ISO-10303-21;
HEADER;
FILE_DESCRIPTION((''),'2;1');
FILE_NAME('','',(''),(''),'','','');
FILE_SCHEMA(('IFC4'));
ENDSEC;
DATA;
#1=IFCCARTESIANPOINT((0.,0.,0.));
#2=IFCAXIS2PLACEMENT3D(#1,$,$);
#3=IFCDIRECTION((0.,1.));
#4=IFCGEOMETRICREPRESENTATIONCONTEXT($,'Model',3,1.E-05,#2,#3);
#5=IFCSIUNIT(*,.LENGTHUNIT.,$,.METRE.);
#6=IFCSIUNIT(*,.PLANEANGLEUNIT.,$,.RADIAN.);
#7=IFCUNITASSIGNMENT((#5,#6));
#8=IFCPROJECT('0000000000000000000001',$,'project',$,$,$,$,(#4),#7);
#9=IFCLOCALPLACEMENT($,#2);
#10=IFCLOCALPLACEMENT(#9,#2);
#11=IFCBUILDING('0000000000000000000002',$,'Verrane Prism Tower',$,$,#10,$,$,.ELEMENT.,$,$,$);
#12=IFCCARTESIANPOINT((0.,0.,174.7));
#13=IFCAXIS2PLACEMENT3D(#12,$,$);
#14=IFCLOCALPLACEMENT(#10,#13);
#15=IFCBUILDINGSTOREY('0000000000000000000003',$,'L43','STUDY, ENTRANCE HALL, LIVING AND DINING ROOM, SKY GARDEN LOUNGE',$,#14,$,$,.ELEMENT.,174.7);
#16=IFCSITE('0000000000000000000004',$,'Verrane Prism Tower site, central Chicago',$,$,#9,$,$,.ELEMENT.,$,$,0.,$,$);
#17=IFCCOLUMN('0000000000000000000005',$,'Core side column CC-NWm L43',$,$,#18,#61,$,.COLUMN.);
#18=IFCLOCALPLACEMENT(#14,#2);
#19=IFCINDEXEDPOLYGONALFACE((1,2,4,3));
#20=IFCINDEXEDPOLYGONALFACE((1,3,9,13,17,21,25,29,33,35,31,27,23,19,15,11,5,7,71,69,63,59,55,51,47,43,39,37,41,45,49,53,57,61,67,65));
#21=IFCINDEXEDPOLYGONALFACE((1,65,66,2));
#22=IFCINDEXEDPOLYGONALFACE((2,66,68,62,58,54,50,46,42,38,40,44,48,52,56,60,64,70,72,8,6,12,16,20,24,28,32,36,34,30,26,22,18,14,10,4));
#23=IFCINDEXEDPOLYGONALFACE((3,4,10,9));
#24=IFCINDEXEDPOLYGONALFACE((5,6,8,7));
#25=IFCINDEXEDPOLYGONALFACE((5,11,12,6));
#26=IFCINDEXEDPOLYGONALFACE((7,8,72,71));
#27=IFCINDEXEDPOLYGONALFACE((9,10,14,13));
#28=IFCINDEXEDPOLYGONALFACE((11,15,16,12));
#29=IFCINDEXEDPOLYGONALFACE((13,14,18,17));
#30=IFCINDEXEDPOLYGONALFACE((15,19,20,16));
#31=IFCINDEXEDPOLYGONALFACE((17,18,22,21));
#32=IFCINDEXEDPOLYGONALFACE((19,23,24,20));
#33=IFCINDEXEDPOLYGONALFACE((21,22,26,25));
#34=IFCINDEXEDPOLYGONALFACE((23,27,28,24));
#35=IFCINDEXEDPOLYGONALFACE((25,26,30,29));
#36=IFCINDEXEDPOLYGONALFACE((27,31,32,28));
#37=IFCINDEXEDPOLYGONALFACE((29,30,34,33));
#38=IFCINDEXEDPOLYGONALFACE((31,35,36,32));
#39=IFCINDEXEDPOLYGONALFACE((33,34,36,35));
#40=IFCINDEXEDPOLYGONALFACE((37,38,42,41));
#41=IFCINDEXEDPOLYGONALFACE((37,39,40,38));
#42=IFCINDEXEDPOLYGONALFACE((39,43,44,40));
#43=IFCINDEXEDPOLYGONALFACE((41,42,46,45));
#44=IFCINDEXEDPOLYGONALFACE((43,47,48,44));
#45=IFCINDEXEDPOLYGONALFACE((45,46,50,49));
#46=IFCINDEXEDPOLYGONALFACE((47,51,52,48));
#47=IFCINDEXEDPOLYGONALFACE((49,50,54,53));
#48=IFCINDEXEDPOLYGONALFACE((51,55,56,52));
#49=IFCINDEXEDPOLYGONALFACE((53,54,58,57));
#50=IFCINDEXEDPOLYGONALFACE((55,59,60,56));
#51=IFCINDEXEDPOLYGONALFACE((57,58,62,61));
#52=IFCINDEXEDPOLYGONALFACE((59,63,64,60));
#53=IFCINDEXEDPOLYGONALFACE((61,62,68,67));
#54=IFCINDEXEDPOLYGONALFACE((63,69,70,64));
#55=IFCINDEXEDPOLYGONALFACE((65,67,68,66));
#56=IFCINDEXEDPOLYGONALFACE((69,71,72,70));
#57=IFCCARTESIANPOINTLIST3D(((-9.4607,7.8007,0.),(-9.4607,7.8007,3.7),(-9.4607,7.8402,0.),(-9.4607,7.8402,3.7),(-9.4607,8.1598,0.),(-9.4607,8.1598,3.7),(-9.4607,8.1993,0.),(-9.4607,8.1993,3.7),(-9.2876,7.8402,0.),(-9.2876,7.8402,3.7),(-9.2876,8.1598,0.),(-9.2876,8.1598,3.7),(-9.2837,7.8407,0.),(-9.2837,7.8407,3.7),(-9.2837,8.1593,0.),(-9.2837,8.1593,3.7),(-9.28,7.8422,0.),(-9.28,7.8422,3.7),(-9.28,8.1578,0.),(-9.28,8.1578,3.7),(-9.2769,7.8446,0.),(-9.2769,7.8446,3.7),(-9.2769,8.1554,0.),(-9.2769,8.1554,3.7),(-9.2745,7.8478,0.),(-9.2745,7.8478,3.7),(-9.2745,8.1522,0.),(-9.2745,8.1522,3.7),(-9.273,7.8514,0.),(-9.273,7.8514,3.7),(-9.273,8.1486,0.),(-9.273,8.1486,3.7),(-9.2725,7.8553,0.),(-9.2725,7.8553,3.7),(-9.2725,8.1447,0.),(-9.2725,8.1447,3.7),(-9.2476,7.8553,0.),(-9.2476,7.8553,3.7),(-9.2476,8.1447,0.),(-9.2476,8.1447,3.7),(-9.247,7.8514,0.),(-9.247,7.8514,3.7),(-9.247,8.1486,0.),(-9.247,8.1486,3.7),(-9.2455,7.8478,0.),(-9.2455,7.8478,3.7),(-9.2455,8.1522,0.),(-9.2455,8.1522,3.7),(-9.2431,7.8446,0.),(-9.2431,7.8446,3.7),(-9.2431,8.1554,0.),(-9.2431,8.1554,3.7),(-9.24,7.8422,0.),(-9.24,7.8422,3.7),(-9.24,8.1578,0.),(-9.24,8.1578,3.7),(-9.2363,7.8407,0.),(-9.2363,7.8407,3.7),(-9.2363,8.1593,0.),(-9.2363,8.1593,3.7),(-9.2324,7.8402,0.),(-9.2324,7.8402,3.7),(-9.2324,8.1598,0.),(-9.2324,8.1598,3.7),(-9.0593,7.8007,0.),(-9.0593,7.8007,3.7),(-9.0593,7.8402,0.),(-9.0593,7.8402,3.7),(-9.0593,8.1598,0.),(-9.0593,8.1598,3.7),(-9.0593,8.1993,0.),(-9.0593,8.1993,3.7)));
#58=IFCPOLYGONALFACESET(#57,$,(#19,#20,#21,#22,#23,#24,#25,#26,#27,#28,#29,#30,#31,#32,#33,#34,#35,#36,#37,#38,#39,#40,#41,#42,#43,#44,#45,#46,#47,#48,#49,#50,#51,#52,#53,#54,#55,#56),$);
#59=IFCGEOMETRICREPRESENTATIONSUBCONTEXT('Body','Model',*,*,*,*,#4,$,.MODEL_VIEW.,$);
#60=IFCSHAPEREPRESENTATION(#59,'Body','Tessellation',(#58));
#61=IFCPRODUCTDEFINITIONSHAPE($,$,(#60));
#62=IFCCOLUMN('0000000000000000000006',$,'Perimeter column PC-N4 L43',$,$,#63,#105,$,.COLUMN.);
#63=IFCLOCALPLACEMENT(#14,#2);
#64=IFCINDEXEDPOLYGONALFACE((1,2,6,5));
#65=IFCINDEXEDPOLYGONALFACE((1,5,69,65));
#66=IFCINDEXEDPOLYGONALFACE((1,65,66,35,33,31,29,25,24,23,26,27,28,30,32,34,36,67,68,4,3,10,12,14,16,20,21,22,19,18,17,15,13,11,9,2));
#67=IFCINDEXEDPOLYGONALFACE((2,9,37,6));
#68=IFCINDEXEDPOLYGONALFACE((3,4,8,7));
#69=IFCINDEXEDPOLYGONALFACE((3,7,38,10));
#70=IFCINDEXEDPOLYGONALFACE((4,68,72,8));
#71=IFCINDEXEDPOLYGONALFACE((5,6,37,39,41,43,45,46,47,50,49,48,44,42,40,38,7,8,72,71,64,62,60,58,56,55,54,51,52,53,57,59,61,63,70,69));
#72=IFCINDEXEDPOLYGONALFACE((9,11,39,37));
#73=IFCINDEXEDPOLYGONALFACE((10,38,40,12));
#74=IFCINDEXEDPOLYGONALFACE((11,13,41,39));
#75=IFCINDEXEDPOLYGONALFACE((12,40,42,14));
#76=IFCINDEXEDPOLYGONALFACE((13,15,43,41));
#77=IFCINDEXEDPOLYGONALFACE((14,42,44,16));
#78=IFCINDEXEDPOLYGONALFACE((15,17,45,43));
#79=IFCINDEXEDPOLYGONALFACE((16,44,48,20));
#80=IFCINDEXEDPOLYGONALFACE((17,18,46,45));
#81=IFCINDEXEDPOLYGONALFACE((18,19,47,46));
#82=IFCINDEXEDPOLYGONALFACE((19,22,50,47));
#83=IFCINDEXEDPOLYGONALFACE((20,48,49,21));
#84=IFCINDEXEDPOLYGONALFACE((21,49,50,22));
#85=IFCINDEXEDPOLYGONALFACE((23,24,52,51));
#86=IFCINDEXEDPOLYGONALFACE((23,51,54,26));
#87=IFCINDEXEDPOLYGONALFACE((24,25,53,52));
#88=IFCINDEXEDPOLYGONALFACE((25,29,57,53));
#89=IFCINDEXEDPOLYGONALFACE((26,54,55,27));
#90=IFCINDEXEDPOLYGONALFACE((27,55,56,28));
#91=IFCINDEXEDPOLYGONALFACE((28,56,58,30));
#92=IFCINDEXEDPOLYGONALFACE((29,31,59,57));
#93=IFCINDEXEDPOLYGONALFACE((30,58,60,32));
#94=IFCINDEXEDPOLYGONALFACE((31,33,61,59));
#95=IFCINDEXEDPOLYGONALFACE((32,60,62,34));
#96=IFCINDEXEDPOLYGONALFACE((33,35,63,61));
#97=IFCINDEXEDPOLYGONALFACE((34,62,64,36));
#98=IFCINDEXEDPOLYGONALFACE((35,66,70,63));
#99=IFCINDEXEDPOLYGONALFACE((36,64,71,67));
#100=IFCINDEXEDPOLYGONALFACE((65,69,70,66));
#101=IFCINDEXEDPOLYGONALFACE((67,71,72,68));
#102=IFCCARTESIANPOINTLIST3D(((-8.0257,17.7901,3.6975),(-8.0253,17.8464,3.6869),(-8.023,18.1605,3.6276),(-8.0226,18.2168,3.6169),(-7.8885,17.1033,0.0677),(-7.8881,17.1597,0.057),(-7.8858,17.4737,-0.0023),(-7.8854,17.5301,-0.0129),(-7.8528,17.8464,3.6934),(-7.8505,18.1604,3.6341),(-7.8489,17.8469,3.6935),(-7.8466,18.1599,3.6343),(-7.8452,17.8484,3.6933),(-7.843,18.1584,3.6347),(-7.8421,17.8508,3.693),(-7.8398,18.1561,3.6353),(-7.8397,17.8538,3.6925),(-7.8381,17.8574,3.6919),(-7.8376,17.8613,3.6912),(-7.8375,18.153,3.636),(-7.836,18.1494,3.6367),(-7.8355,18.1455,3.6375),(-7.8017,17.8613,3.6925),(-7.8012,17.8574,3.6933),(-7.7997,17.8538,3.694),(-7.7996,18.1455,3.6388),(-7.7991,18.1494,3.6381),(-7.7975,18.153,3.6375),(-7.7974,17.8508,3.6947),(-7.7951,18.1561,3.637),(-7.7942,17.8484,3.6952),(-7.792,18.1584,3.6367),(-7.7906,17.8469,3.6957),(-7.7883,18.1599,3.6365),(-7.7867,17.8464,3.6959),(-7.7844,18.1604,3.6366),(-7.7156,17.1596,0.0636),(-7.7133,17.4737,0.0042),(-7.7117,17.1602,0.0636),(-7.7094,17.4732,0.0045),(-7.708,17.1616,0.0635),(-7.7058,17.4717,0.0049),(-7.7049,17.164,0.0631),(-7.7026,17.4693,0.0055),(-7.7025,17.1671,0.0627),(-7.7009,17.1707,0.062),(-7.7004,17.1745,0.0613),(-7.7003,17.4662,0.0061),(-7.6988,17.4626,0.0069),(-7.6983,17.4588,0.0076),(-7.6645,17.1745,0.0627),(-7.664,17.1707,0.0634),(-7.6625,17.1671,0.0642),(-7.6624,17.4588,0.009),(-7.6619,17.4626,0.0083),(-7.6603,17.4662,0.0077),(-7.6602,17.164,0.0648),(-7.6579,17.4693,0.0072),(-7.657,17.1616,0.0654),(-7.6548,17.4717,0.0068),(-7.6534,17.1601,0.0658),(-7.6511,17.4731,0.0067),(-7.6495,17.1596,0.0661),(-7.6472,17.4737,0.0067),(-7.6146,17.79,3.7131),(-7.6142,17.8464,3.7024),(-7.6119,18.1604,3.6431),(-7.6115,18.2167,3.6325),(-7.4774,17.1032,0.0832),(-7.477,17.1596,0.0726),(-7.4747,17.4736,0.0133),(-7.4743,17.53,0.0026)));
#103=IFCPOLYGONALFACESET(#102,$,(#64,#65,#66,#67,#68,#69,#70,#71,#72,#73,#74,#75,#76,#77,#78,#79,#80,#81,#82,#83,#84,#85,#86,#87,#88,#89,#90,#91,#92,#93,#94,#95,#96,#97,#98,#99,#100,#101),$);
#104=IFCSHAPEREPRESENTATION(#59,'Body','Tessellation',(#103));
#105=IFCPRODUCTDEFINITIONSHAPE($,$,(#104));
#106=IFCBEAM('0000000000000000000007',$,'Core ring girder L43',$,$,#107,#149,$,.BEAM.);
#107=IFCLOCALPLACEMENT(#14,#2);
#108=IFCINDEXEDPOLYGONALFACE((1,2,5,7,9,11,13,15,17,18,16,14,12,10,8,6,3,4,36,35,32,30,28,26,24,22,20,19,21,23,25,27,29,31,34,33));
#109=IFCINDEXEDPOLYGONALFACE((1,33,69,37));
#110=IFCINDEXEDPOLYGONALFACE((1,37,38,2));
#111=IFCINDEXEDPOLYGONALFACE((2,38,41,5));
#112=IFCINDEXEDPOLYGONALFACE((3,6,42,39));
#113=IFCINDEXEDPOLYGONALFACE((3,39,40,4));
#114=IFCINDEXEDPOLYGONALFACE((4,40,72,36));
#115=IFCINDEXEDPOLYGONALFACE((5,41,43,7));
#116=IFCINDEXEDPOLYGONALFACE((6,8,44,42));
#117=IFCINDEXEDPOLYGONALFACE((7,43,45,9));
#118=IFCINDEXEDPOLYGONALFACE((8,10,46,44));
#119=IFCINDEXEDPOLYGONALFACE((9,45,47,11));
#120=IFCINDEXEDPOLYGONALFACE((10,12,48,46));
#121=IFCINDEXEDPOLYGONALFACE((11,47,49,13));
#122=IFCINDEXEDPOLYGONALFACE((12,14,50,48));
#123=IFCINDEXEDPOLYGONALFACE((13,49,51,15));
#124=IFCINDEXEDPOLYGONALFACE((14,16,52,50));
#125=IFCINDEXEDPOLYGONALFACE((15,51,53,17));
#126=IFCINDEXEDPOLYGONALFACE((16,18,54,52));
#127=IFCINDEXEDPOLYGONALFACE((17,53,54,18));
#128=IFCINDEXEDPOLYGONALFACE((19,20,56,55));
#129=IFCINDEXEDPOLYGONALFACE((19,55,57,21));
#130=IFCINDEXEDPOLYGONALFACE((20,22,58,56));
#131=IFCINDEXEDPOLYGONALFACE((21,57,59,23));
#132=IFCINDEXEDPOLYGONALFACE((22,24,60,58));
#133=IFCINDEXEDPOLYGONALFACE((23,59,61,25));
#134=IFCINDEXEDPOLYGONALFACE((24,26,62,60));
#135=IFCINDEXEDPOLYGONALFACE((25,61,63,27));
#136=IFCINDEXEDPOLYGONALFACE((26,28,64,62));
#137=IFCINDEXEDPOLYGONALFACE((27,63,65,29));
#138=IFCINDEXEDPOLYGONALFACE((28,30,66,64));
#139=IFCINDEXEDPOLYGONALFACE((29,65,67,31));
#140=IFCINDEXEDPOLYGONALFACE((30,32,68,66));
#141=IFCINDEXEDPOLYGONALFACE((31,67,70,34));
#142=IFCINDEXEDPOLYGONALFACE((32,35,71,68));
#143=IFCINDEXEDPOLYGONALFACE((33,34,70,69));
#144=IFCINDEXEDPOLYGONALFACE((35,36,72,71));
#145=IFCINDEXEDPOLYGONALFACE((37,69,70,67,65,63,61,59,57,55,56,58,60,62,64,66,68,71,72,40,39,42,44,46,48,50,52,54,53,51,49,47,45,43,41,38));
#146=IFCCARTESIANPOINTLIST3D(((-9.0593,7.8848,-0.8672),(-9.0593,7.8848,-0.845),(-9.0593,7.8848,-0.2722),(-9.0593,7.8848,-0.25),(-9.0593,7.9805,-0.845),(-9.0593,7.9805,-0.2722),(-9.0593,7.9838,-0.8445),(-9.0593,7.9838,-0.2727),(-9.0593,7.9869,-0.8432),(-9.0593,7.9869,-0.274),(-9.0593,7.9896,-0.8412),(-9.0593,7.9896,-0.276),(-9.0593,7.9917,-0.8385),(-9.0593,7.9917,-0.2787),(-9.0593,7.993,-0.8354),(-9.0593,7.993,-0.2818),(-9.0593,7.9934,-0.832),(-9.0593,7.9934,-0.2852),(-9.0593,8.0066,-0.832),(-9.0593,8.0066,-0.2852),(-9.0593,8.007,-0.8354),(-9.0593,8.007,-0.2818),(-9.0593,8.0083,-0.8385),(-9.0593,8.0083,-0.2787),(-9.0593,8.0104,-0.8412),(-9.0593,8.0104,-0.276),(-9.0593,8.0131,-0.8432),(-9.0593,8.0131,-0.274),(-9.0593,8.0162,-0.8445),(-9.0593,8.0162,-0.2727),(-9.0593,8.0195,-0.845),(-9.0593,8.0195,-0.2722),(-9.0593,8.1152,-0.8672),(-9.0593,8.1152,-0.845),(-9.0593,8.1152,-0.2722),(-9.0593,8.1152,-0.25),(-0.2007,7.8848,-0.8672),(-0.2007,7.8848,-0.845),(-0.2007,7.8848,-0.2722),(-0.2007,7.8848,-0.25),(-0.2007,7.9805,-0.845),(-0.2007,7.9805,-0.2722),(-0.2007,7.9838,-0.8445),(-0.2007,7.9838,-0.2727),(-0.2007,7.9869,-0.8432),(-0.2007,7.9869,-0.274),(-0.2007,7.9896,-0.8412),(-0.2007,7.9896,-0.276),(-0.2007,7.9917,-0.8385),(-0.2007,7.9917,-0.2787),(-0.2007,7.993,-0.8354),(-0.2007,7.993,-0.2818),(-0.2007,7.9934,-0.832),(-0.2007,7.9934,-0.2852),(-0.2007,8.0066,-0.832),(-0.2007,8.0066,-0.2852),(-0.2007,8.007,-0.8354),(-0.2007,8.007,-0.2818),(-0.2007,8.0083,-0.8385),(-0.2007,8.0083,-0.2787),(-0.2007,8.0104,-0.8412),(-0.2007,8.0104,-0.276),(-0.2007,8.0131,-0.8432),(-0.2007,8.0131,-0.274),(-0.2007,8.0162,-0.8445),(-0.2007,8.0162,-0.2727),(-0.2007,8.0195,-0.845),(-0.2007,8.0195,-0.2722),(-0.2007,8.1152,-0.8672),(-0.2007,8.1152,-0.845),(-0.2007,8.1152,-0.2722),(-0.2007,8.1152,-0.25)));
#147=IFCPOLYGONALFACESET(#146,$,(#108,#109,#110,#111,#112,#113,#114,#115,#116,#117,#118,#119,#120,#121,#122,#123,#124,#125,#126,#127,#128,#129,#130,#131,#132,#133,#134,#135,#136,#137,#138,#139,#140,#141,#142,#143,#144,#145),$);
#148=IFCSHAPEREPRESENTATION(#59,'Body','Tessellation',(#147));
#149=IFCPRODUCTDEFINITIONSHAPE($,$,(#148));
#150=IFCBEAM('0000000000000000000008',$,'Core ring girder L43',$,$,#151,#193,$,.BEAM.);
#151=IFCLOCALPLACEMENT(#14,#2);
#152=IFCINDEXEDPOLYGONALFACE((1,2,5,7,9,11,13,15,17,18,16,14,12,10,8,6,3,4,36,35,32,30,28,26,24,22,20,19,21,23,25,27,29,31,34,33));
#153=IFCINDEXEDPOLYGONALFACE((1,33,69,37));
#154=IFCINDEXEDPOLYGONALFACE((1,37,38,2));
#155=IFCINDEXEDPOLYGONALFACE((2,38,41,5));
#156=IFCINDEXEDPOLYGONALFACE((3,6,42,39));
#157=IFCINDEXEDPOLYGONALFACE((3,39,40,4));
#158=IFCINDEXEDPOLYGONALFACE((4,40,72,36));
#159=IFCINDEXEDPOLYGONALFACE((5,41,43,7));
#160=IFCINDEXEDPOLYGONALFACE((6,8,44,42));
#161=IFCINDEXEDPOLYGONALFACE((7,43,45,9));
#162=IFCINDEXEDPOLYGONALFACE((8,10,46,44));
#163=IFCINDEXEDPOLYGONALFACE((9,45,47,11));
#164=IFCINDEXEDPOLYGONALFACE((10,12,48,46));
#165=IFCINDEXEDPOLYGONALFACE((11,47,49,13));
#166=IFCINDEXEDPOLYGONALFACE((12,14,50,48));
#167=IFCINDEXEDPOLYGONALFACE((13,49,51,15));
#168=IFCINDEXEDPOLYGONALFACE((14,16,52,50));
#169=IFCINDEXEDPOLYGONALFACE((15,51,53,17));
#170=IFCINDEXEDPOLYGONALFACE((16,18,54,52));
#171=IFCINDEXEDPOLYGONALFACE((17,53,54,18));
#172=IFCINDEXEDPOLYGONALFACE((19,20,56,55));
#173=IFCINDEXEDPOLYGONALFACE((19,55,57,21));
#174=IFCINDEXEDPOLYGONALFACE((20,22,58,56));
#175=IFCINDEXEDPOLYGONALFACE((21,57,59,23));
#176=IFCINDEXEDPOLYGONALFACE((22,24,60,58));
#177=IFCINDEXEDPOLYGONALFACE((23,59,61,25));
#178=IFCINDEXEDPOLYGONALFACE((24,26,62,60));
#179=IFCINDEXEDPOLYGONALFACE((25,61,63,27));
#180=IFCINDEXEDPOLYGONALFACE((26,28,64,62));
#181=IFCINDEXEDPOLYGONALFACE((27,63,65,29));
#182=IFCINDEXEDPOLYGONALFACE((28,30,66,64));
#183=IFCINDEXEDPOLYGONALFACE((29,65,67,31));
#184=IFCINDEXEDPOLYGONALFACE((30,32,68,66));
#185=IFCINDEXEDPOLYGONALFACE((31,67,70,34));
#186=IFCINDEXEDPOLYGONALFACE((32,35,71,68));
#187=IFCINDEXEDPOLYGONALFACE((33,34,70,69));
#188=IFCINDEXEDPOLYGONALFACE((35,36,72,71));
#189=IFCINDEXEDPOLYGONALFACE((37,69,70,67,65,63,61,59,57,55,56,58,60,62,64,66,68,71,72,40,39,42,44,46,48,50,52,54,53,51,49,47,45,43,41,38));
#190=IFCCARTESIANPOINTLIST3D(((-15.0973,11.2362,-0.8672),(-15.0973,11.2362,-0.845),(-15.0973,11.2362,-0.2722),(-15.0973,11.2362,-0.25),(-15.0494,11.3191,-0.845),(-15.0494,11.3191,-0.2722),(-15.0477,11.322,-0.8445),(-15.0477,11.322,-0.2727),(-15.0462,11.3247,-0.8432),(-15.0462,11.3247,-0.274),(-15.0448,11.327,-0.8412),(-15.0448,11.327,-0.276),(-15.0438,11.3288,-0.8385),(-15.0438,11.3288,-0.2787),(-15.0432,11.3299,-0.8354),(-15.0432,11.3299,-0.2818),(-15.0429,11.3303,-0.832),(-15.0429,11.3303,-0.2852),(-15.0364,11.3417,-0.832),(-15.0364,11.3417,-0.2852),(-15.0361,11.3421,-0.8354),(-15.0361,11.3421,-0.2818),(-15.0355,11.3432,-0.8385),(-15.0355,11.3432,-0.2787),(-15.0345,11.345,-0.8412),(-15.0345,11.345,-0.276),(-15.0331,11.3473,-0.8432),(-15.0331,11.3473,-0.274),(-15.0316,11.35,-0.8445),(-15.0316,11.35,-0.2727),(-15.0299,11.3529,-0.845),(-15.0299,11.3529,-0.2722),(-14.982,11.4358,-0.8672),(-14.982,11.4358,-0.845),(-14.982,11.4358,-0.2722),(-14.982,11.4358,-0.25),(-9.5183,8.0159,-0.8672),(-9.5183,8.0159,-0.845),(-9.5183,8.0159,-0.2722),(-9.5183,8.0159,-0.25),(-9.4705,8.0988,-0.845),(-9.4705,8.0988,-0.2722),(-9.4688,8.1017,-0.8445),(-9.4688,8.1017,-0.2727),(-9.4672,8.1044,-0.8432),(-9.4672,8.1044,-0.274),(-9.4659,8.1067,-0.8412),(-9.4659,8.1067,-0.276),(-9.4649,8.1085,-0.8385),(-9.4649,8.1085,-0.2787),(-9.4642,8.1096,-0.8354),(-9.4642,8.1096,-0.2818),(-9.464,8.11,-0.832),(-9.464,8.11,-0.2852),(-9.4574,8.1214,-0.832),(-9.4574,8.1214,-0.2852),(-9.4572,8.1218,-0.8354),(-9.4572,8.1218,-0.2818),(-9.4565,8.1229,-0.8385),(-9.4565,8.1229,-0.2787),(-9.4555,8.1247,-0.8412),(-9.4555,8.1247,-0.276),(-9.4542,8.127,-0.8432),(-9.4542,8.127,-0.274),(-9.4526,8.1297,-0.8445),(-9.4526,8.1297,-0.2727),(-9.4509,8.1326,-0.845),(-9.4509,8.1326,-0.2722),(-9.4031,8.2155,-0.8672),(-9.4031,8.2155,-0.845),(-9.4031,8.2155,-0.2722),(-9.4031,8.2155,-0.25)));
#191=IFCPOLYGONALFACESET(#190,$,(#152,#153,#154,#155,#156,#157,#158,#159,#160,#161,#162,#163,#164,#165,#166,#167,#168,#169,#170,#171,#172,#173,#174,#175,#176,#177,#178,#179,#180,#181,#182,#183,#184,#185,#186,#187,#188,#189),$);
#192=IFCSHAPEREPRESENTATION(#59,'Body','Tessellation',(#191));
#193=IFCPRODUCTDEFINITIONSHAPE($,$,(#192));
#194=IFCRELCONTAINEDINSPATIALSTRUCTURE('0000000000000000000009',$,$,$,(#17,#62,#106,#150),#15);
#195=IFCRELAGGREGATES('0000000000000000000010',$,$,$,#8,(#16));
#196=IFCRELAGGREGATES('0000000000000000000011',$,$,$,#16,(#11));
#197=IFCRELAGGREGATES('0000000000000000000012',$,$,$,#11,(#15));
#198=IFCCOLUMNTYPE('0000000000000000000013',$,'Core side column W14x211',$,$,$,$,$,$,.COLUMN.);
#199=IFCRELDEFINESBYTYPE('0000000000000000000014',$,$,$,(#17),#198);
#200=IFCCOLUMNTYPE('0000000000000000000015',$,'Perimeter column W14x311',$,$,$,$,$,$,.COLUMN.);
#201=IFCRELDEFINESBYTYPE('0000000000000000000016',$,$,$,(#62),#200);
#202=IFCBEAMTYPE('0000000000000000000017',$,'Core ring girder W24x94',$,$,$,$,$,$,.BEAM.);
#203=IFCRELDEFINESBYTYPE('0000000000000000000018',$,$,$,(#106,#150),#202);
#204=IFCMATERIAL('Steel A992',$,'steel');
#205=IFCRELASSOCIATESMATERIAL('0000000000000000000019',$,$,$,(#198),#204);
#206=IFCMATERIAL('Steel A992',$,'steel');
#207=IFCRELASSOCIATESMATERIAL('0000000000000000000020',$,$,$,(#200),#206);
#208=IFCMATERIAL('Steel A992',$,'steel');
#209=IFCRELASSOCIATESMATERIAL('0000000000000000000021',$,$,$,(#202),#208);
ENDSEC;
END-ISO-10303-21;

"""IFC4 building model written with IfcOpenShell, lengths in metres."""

from ifc_helpers import new_model, si_unit, direction, frame, origin, origin_2d, place, context, subcontext, project, spatial, i_section, extrude, material, material_profile, profile_set, type_object, element, save


model = new_model("IFC4")

# Units and contexts
model_context = context("Model", 3, precision=1e-05, world=origin(), true_north=direction((0.0, 1.0)))
body_context = subcontext(model_context, "Body", "Model", "MODEL_VIEW")
ifc_project = project(units=[si_unit("LENGTHUNIT", "METRE"), si_unit("PLANEANGLEUNIT", "RADIAN")], contexts=[model_context])

# Site, building, storey
site_placement = place(None, origin())
site = spatial("IfcSite", under=ifc_project, at=site_placement, Name="Verrane Prism Tower site, central Chicago", CompositionType="ELEMENT", RefElevation=0.0)
building_placement = place(site_placement, origin())
building = spatial("IfcBuilding", under=site, at=building_placement, Name="Verrane Prism Tower", CompositionType="ELEMENT")
storey_placement = place(building_placement, frame((0.0, 0.0, 174.7)))
storey = spatial("IfcBuildingStorey", under=building, at=storey_placement, Name="L43", Description="STUDY, ENTRANCE HALL, LIVING AND DINING ROOM, SKY GARDEN LOUNGE", CompositionType="ELEMENT", Elevation=174.7)

# Columns
ifc_material_1 = material(Name="Steel A992", Category="steel")
ifc_material_profile_1 = material_profile(ifc_material_1, i_section(OverallWidth=0.4014, OverallDepth=0.3987, WebThickness=0.0249, FlangeThickness=0.0396, FilletRadius=0.0151, at=origin_2d()), Name="W14x211")
ifc_profile_set_1 = profile_set([ifc_material_profile_1], Name="Steel A992")
column_type_1 = type_object("IfcColumnType", Name="Core side column W14x211", PredefinedType="COLUMN", material=ifc_profile_set_1)
column_1_placement = place(storey_placement, frame((-9.26, 8.0, 0.0), z_axis=(0.0, 0.0, 1.0), x_axis=(1.0, 0.0, 0.0)))
element("IfcColumn", 1, at=column_1_placement, inside=storey, type_object=column_type_1, Name="Core side column CC-NWm L43", PredefinedType="COLUMN", context=body_context, shape_type="SweptSolid", body=[
    extrude(i_section(OverallWidth=0.4014, OverallDepth=0.3987, WebThickness=0.0249, FlangeThickness=0.0396, FilletRadius=0.0151, at=origin_2d()), origin(), (0.0, 0.0, 1.0), 3.7),
])
ifc_material_2 = material(Name="Steel A992", Category="steel")
ifc_material_profile_2 = material_profile(ifc_material_2, i_section(OverallWidth=0.4114, OverallDepth=0.4343, WebThickness=0.0359, FlangeThickness=0.0574, FilletRadius=0.0151, at=origin_2d()), Name="W14x311")
ifc_profile_set_2 = profile_set([ifc_material_profile_2], Name="Steel A992")
column_type_2 = type_object("IfcColumnType", Name="Perimeter column W14x311", PredefinedType="COLUMN", material=ifc_profile_set_2)
column_2_placement = place(storey_placement, frame((-7.6814, 17.3167, 0.0352), z_axis=(-0.037115, 0.185772, 0.981892), x_axis=(0.999285, -0.000205, 0.037811)))
element("IfcColumn", 2, at=column_2_placement, inside=storey, type_object=column_type_2, Name="Perimeter column PC-N4 L43", PredefinedType="COLUMN", context=body_context, shape_type="SweptSolid", body=[
    extrude(i_section(OverallWidth=0.4114, OverallDepth=0.4343, WebThickness=0.0359, FlangeThickness=0.0574, FilletRadius=0.0151, at=origin_2d()), origin(), (0.0, 0.0, 1.0), 3.6968),
])

# Beams
ifc_material_3 = material(Name="Steel A992", Category="steel")
ifc_material_profile_3 = material_profile(ifc_material_3, i_section(OverallWidth=0.2305, OverallDepth=0.6172, WebThickness=0.0132, FlangeThickness=0.0222, FilletRadius=0.0129, at=origin_2d()), Name="W24x94")
ifc_profile_set_3 = profile_set([ifc_material_profile_3], Name="Steel A992")
beam_type_1 = type_object("IfcBeamType", Name="Core ring girder W24x94", PredefinedType="BEAM", material=ifc_profile_set_3)
beam_1_placement = place(storey_placement, frame((-0.2007, 8.0, -0.5586), z_axis=(-1.0, 0.0, 0.0), x_axis=(0.0, -1.0, 0.0)))
element("IfcBeam", 3, at=beam_1_placement, inside=storey, type_object=beam_type_1, Name="Core ring girder L43", PredefinedType="BEAM", context=body_context, shape_type="SweptSolid", body=[
    extrude(i_section(OverallWidth=0.2305, OverallDepth=0.6172, WebThickness=0.0132, FlangeThickness=0.0222, FilletRadius=0.0129, at=origin_2d()), origin(), (0.0, 0.0, 1.0), 8.8586),
])
beam_2_placement = place(storey_placement, frame((-9.4607, 8.1157, -0.5586), z_axis=(-0.866075, 0.499914, 0.0), x_axis=(-0.499914, -0.866075, 0.0)))
element("IfcBeam", 4, at=beam_2_placement, inside=storey, type_object=beam_type_1, Name="Core ring girder L43", PredefinedType="BEAM", context=body_context, shape_type="SweptSolid", body=[
    extrude(i_section(OverallWidth=0.2305, OverallDepth=0.6172, WebThickness=0.0132, FlangeThickness=0.0222, FilletRadius=0.0129, at=origin_2d()), origin(), (0.0, 0.0, 1.0), 6.4417),
])

save(model, "model.ifc")
